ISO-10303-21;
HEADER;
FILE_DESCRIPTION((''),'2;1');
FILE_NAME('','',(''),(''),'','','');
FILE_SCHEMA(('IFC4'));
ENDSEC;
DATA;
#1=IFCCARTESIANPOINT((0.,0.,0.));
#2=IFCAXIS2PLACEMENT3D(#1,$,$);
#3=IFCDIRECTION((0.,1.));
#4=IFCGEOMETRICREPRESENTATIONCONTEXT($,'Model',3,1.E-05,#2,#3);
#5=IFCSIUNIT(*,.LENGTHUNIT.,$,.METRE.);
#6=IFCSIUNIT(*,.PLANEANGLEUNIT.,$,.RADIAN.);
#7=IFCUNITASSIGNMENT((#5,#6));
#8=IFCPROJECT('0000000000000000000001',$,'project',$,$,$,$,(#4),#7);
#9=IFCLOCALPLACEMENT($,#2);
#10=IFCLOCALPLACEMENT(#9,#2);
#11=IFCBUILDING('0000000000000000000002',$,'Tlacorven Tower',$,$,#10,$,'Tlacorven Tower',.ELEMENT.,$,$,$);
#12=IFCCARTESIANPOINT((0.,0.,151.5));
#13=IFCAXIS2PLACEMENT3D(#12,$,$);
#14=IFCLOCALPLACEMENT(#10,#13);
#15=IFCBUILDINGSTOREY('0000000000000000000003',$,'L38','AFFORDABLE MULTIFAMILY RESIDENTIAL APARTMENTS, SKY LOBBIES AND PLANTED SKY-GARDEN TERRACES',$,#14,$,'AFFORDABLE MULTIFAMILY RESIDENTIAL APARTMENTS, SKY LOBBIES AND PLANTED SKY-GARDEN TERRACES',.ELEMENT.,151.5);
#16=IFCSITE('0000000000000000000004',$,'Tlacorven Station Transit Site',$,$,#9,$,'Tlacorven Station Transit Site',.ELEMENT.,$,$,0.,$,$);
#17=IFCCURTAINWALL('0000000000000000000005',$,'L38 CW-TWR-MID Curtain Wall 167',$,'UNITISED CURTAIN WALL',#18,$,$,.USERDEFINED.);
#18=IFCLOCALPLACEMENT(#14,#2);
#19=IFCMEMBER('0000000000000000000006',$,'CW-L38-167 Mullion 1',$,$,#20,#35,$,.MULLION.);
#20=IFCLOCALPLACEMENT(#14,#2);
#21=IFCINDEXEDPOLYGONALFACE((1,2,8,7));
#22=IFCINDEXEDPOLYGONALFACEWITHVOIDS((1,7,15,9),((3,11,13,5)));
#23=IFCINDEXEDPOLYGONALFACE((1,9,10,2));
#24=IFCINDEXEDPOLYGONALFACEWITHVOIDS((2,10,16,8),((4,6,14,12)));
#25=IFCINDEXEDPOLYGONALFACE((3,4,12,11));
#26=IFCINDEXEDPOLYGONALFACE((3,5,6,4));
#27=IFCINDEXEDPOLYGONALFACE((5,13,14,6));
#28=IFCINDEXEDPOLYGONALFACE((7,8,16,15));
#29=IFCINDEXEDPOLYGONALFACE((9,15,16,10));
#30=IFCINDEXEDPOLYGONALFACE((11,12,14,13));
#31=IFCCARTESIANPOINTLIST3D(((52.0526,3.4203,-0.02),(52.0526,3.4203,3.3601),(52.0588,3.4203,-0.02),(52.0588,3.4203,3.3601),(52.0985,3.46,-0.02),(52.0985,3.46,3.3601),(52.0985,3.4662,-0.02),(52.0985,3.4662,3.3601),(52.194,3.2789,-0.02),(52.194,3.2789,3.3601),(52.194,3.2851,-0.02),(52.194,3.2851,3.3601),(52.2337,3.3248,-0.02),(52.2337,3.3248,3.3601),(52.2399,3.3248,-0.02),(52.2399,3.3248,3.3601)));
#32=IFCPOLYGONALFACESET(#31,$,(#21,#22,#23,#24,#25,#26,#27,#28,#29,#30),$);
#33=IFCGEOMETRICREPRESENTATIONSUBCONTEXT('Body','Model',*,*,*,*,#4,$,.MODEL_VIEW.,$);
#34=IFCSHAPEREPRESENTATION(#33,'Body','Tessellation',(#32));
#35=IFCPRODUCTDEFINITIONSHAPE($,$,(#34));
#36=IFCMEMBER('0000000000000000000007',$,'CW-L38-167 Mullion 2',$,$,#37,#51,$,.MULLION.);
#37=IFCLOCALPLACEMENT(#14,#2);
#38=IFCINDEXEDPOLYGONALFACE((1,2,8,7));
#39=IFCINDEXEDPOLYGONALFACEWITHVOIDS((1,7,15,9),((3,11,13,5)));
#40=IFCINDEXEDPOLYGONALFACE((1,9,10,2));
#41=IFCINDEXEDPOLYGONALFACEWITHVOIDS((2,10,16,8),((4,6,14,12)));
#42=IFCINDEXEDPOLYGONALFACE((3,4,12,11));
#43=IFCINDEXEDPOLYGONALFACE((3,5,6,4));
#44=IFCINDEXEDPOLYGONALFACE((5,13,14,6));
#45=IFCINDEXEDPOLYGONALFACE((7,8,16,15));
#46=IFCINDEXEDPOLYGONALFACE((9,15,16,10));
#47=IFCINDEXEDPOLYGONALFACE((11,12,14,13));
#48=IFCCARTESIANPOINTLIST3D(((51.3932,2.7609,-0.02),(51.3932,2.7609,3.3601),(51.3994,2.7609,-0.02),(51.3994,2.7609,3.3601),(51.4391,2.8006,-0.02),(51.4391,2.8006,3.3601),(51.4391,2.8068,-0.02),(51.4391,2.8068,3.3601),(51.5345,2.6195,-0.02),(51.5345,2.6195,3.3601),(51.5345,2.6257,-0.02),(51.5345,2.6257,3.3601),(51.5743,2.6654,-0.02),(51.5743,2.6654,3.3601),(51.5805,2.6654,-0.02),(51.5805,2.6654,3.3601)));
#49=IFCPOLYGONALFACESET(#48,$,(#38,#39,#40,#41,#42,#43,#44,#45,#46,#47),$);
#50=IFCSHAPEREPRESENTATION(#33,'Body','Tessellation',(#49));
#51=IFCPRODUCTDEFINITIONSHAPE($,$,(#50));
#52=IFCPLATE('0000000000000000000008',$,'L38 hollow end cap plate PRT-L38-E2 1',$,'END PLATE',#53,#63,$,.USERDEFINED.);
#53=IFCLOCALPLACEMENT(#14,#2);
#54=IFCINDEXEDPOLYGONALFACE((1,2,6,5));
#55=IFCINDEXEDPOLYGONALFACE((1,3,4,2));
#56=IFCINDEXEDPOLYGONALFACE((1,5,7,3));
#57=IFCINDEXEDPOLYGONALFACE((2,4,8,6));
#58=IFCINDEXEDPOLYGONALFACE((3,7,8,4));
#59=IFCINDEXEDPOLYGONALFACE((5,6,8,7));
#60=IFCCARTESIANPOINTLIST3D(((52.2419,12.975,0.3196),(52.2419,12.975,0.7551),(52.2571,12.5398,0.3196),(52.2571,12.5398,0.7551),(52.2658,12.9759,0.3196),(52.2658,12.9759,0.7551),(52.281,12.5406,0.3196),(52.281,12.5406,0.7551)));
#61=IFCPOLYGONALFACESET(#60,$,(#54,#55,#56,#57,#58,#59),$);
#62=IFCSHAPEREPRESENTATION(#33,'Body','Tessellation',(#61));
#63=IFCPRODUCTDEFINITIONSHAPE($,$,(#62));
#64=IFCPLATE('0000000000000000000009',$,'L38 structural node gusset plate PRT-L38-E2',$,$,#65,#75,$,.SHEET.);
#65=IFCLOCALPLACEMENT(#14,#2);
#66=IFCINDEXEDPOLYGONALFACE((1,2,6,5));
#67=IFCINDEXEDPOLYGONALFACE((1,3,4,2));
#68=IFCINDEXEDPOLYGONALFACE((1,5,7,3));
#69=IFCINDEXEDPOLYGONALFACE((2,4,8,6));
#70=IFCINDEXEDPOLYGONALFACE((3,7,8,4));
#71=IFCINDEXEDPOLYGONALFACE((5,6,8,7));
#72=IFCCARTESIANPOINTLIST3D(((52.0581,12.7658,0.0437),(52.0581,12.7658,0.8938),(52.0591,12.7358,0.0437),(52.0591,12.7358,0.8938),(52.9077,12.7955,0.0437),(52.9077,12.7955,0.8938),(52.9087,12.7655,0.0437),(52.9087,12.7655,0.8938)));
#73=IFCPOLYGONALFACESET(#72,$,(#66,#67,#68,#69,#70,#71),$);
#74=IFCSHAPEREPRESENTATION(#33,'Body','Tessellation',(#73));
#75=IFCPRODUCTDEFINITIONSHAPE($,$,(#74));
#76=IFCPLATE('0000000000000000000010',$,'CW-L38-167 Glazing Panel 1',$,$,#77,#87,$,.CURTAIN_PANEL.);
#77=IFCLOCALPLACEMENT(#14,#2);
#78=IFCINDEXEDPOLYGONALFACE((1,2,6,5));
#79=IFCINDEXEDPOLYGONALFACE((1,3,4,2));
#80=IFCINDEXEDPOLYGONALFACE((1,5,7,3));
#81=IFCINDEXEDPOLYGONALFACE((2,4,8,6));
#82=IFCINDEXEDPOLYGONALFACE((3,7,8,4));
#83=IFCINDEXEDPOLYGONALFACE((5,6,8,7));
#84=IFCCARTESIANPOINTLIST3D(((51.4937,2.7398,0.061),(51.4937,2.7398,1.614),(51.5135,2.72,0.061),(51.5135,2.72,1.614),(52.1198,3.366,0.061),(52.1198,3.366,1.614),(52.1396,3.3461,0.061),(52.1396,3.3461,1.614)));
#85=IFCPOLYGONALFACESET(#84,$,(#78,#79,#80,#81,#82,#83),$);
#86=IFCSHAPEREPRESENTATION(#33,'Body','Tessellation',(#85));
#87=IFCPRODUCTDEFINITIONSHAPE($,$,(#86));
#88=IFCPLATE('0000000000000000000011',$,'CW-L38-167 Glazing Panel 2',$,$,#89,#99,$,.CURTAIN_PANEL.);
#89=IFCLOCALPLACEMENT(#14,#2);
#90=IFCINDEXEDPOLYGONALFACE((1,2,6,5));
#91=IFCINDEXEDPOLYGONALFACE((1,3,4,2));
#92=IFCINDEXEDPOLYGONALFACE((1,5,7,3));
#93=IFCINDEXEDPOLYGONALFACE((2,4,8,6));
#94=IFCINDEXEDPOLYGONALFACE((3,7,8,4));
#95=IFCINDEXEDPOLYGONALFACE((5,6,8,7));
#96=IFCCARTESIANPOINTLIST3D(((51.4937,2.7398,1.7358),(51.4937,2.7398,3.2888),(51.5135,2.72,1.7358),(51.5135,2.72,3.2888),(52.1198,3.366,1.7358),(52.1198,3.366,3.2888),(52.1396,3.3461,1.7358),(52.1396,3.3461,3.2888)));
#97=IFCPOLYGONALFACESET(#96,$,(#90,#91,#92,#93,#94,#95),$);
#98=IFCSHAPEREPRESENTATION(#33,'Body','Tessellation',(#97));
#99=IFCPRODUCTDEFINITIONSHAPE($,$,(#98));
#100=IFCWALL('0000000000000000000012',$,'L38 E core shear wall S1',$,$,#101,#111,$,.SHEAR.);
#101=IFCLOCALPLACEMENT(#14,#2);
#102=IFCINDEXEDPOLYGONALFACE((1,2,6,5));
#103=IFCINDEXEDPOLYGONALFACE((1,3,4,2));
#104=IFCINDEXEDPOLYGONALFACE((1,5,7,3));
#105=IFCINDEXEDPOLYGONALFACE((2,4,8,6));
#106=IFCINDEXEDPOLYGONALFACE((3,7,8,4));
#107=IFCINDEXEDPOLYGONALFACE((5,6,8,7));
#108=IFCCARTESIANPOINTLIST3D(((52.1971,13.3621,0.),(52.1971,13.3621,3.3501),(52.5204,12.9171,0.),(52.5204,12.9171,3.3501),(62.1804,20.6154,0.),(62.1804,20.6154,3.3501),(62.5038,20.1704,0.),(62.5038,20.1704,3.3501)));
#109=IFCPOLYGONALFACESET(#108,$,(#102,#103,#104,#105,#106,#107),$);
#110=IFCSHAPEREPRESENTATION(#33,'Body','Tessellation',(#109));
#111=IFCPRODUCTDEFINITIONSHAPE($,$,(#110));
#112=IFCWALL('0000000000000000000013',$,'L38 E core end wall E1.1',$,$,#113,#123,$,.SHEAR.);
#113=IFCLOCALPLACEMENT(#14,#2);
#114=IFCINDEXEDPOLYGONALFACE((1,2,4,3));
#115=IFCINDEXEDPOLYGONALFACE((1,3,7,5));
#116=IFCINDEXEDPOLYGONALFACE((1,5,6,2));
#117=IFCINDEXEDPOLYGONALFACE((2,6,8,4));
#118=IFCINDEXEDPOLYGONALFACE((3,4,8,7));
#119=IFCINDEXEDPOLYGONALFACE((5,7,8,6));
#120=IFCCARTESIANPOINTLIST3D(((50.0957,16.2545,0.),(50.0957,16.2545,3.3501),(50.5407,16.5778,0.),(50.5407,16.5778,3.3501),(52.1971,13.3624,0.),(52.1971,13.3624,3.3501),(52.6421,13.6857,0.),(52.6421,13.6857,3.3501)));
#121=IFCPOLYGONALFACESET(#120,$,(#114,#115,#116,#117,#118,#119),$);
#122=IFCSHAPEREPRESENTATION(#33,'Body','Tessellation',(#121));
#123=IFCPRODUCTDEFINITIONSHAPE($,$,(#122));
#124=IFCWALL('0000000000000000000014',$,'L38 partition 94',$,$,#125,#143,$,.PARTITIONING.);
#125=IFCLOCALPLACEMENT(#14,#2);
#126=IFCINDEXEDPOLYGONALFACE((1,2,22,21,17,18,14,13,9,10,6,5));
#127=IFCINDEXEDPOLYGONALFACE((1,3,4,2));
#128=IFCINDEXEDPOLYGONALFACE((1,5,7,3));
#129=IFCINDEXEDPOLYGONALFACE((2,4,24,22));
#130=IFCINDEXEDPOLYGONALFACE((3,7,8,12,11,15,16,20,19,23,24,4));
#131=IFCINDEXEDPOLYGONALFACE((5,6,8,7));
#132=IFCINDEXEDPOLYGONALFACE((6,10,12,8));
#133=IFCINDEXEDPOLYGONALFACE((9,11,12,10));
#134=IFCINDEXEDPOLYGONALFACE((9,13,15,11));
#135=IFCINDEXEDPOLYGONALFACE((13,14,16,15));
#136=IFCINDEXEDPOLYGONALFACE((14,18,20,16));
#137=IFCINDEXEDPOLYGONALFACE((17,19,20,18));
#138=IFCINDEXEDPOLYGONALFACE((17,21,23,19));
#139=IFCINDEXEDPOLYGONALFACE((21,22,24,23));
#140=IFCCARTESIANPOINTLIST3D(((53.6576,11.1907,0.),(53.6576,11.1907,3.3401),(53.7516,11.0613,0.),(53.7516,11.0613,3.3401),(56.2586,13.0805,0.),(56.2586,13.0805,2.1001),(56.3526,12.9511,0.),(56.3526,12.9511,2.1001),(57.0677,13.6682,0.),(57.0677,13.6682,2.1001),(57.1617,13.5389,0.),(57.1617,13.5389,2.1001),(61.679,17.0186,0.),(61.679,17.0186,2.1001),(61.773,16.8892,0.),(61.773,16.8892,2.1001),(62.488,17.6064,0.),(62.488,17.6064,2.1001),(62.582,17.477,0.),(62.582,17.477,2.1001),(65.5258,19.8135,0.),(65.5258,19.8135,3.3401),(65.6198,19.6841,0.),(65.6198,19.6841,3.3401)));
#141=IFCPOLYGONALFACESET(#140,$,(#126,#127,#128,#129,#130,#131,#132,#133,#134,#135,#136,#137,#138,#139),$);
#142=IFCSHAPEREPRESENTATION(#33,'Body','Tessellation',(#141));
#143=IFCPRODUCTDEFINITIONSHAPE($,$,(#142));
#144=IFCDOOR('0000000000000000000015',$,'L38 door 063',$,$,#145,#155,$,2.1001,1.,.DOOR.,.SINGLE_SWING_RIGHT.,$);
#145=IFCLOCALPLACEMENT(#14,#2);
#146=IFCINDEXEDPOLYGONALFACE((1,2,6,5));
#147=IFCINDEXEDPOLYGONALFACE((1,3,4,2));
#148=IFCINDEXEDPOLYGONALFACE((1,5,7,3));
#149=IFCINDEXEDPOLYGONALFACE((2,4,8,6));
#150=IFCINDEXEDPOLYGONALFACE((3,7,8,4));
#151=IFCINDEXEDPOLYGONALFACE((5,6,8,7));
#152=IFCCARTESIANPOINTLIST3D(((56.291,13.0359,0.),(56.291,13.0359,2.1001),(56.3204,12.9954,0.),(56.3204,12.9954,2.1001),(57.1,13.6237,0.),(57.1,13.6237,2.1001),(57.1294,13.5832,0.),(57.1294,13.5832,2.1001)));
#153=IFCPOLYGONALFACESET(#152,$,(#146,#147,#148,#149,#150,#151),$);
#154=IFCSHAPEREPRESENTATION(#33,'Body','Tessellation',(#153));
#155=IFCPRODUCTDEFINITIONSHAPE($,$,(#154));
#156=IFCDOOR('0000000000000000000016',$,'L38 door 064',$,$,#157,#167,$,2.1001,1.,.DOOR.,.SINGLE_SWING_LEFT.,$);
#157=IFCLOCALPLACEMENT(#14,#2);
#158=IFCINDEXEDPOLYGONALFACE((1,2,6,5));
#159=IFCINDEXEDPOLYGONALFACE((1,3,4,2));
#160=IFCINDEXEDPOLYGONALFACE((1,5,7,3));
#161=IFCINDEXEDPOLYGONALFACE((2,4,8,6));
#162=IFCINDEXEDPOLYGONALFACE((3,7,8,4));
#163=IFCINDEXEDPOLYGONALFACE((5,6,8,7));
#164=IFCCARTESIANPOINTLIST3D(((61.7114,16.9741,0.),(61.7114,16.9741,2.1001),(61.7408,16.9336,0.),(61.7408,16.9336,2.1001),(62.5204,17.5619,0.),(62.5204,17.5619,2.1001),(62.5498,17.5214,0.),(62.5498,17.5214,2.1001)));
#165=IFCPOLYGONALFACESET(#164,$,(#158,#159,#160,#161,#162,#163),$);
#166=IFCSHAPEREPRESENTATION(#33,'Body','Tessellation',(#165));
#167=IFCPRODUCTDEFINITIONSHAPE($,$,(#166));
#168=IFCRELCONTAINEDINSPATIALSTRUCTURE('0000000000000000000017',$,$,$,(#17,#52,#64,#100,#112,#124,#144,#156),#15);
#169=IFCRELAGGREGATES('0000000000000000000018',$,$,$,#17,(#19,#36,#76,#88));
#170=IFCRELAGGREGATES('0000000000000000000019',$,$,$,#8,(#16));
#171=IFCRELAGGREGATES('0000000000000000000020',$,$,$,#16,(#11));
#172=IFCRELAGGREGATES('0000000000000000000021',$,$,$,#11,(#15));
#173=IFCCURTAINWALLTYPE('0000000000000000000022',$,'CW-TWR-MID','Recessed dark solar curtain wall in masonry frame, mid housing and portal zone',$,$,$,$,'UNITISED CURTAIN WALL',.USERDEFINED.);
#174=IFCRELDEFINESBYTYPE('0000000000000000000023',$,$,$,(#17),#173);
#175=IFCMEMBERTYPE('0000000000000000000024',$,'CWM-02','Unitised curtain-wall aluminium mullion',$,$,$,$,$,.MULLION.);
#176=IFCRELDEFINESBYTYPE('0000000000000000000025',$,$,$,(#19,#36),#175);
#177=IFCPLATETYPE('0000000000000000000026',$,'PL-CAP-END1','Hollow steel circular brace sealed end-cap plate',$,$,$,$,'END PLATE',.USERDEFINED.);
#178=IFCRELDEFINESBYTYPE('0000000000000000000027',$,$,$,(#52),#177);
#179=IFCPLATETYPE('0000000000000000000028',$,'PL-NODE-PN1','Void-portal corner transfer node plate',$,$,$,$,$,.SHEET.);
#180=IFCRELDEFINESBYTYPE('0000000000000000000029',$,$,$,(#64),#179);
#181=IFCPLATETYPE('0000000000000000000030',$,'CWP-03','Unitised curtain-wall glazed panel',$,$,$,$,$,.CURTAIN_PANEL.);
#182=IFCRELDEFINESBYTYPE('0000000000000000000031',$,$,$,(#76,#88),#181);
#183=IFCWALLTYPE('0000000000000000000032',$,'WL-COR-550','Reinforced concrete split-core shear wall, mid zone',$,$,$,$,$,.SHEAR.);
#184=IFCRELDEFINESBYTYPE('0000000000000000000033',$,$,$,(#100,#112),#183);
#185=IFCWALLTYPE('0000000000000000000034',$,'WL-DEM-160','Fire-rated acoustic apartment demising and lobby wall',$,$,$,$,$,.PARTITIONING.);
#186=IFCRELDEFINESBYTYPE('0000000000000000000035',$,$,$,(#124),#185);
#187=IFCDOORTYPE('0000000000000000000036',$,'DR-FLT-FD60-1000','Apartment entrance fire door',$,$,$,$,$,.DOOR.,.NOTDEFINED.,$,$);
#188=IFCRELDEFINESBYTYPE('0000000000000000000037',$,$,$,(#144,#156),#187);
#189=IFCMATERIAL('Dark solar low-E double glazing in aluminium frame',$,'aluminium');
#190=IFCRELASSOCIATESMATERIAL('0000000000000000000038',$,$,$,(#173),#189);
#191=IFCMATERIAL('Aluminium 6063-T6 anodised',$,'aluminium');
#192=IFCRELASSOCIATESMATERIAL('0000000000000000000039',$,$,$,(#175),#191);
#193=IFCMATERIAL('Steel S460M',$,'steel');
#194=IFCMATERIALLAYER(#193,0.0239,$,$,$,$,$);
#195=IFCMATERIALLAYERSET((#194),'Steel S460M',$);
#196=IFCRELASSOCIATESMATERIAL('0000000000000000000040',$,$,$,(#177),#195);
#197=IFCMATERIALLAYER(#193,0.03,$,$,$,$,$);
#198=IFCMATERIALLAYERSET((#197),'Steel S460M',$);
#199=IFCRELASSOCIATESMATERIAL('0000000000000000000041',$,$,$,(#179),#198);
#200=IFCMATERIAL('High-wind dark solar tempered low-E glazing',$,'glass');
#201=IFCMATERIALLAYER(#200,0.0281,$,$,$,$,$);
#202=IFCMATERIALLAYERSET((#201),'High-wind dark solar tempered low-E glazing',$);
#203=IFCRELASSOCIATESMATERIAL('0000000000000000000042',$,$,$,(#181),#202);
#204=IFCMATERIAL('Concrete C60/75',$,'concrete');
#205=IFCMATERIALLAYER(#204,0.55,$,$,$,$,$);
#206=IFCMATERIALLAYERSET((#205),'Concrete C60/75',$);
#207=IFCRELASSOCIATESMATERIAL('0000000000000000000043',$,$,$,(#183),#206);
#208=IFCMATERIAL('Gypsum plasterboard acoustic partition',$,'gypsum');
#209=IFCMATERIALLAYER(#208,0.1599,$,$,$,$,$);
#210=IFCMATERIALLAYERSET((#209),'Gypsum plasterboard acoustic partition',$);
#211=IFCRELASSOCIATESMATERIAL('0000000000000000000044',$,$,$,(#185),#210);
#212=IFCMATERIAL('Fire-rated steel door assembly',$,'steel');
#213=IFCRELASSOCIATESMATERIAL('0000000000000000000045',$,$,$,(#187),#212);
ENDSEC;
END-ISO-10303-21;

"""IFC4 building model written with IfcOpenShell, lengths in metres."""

from ifc_helpers import new_model, si_unit, direction, frame, frame_2d, origin, origin_2d, place, context, subcontext, project, spatial, rectangle, hollow_rectangle, extrude, source, transform, mapped, material, layer, layer_set, material_profile, profile_set, type_object, element, fill, aggregate, save


model = new_model("IFC4")

# Units and contexts
model_context = context("Model", 3, precision=1e-05, world=origin(), true_north=direction((0.0, 1.0)))
body_context = subcontext(model_context, "Body", "Model", "MODEL_VIEW")
ifc_project = project(units=[si_unit("LENGTHUNIT", "METRE"), si_unit("PLANEANGLEUNIT", "RADIAN")], contexts=[model_context])

# Site, building, storey
site_placement = place(None, origin())
site = spatial("IfcSite", under=ifc_project, at=site_placement, Name="Tlacorven Station Transit Site", LongName="Tlacorven Station Transit Site", CompositionType="ELEMENT", RefElevation=0.0)
building_placement = place(site_placement, origin())
building = spatial("IfcBuilding", under=site, at=building_placement, Name="Tlacorven Tower", LongName="Tlacorven Tower", CompositionType="ELEMENT")
storey_placement = place(building_placement, frame((0.0, 0.0, 151.5)))
storey = spatial("IfcBuildingStorey", under=building, at=storey_placement, Name="L38", Description="AFFORDABLE MULTIFAMILY RESIDENTIAL APARTMENTS, SKY LOBBIES AND PLANTED SKY-GARDEN TERRACES", LongName="AFFORDABLE MULTIFAMILY RESIDENTIAL APARTMENTS, SKY LOBBIES AND PLANTED SKY-GARDEN TERRACES", CompositionType="ELEMENT", Elevation=151.5)

# Shared definitions
ifc_material_1 = material(Name="Steel S460M", Category="steel")

# Curtain wall, members
ifc_material_2 = material(Name="Dark solar low-E double glazing in aluminium frame", Category="aluminium")
curtain_wall_type = type_object("IfcCurtainWallType", Name="CW-TWR-MID", Description="Recessed dark solar curtain wall in masonry frame, mid housing and portal zone", ElementType="UNITISED CURTAIN WALL", PredefinedType="USERDEFINED", material=ifc_material_2)
curtain_wall_placement = place(storey_placement, origin())
curtain_wall = element("IfcCurtainWall", 1, at=curtain_wall_placement, inside=storey, type_object=curtain_wall_type, Name="L38 CW-TWR-MID Curtain Wall 167", ObjectType="UNITISED CURTAIN WALL", PredefinedType="USERDEFINED")
ifc_material_3 = material(Name="Aluminium 6063-T6 anodised", Category="aluminium")
ifc_material_profile_1 = material_profile(ifc_material_3, hollow_rectangle(XDim=0.0649, YDim=0.2, WallThickness=0.0044, at=origin_2d()), Name="ALU MULLION 65X200")
ifc_profile_set_1 = profile_set([ifc_material_profile_1], Name="Aluminium 6063-T6 anodised")
member_type_1 = type_object("IfcMemberType", Name="CWM-02", Description="Unitised curtain-wall aluminium mullion", PredefinedType="MULLION", material=ifc_profile_set_1)
shared_shape_1 = source(origin(), body_context, "Body", "SweptSolid", [
    extrude(hollow_rectangle(XDim=0.0649, YDim=0.2, WallThickness=0.0044, at=origin_2d()), origin(), (0.0, 0.0, 1.0), 3.3801),
])
member_1_placement = place(storey_placement, frame((52.1462, 3.3726, -0.02), z_axis=(0.0, 0.0, 1.0), x_axis=(-0.707107, -0.707107, 0.0)))
member_1 = element("IfcMember", 2, at=member_1_placement, type_object=member_type_1, Name="CW-L38-167 Mullion 1", PredefinedType="MULLION", context=body_context, shape_type="MappedRepresentation", body=[
    mapped(shared_shape_1, transform((0.0, 0.0, 0.0), scale=1.0)),
])
member_2_placement = place(storey_placement, frame((51.4868, 2.7131, -0.02), z_axis=(0.0, 0.0, 1.0), x_axis=(-0.707107, -0.707107, 0.0)))
member_2 = element("IfcMember", 3, at=member_2_placement, type_object=member_type_1, Name="CW-L38-167 Mullion 2", PredefinedType="MULLION", context=body_context, shape_type="MappedRepresentation", body=[
    mapped(shared_shape_1, transform((0.0, 0.0, 0.0), scale=1.0)),
])

# Plates
ifc_layer_1 = layer(ifc_material_1, 0.0239)
ifc_layer_set_1 = layer_set([ifc_layer_1], Name="Steel S460M")
plate_type_1 = type_object("IfcPlateType", Name="PL-CAP-END1", Description="Hollow steel circular brace sealed end-cap plate", ElementType="END PLATE", PredefinedType="USERDEFINED", material=ifc_layer_set_1)
shared_shape_2 = source(origin(), body_context, "Body", "SweptSolid", [
    extrude(rectangle(XDim=0.0239, YDim=0.4355, at=origin_2d()), origin(), (0.0, 0.0, 1.0), 0.4355),
])
plate_1_placement = place(storey_placement, frame((52.2615, 12.7578, 0.3196), z_axis=(0.0, 0.0, 1.0), x_axis=(-0.999391, -0.034899, 0.0)))
element("IfcPlate", 4, at=plate_1_placement, inside=storey, type_object=plate_type_1, Name="L38 hollow end cap plate PRT-L38-E2 1", ObjectType="END PLATE", PredefinedType="USERDEFINED", context=body_context, shape_type="MappedRepresentation", body=[
    mapped(shared_shape_2, transform((0.0, 0.0, 0.0), scale=1.0)),
])
ifc_layer_2 = layer(ifc_material_1, 0.03)
ifc_layer_set_2 = layer_set([ifc_layer_2], Name="Steel S460M")
plate_type_2 = type_object("IfcPlateType", Name="PL-NODE-PN1", Description="Void-portal corner transfer node plate", PredefinedType="SHEET", material=ifc_layer_set_2)
shared_shape_3 = source(origin(), body_context, "Body", "SweptSolid", [
    extrude(rectangle(XDim=0.8501, YDim=0.03, at=origin_2d()), origin(), (0.0, 0.0, 1.0), 0.8501),
])
plate_2_placement = place(storey_placement, frame((52.4834, 12.7656, 0.0437), z_axis=(0.0, 0.0, 1.0), x_axis=(-0.999391, -0.034899, 0.0)))
element("IfcPlate", 5, at=plate_2_placement, inside=storey, type_object=plate_type_2, Name="L38 structural node gusset plate PRT-L38-E2", PredefinedType="SHEET", context=body_context, shape_type="MappedRepresentation", body=[
    mapped(shared_shape_3, transform((0.0, 0.0, 0.0), scale=1.0)),
])

# Plates
ifc_material_4 = material(Name="High-wind dark solar tempered low-E glazing", Category="glass")
ifc_layer_3 = layer(ifc_material_4, 0.0281)
ifc_layer_set_3 = layer_set([ifc_layer_3], Name="High-wind dark solar tempered low-E glazing")
plate_type_3 = type_object("IfcPlateType", Name="CWP-03", Description="Unitised curtain-wall glazed panel", PredefinedType="CURTAIN_PANEL", material=ifc_layer_set_3)
shared_shape_4 = source(origin(), body_context, "Body", "SweptSolid", [
    extrude(rectangle(XDim=0.8855, YDim=0.0281, at=origin_2d()), origin(), (0.0, 0.0, 1.0), 1.553),
])
plate_3_placement = place(storey_placement, frame((51.8167, 3.043, 0.061), z_axis=(0.0, 0.0, 1.0), x_axis=(-0.707107, -0.707107, 0.0)))
plate_3 = element("IfcPlate", 6, at=plate_3_placement, type_object=plate_type_3, Name="CW-L38-167 Glazing Panel 1", PredefinedType="CURTAIN_PANEL", context=body_context, shape_type="MappedRepresentation", body=[
    mapped(shared_shape_4, transform((0.0, 0.0, 0.0), scale=1.0)),
])
plate_4_placement = place(storey_placement, frame((51.8167, 3.043, 1.7358), z_axis=(0.0, 0.0, 1.0), x_axis=(-0.707107, -0.707107, 0.0)))
plate_4 = element("IfcPlate", 7, at=plate_4_placement, type_object=plate_type_3, Name="CW-L38-167 Glazing Panel 2", PredefinedType="CURTAIN_PANEL", context=body_context, shape_type="MappedRepresentation", body=[
    mapped(shared_shape_4, transform((0.0, 0.0, 0.0), scale=1.0)),
])
aggregate(curtain_wall, [member_1, member_2, plate_3, plate_4])

# Walls
ifc_material_5 = material(Name="Concrete C60/75", Category="concrete")
ifc_layer_4 = layer(ifc_material_5, 0.55)
ifc_layer_set_4 = layer_set([ifc_layer_4], Name="Concrete C60/75")
wall_type_1 = type_object("IfcWallType", Name="WL-COR-550", Description="Reinforced concrete split-core shear wall, mid zone", PredefinedType="SHEAR", material=ifc_layer_set_4)
wall_1_placement = place(storey_placement, frame((52.3589, 13.1396, 0.0), z_axis=(0.0, 0.0, 1.0), x_axis=(0.809015, 0.587788, 0.0)))
element("IfcWall", 8, at=wall_1_placement, inside=storey, type_object=wall_type_1, Name="L38 E core shear wall S1", PredefinedType="SHEAR", context=body_context, shape_type="SweptSolid", body=[
    extrude(rectangle(XDim=12.3401, YDim=0.55, at=frame_2d((6.1699, 0.0))), origin(), (0.0, 0.0, 1.0), 3.3501),
])
wall_2_placement = place(storey_placement, frame((52.4197, 13.5239, 0.0), z_axis=(0.0, 0.0, 1.0), x_axis=(-0.587802, 0.809005, 0.0)))
element("IfcWall", 9, at=wall_2_placement, inside=storey, type_object=wall_type_1, Name="L38 E core end wall E1.1", PredefinedType="SHEAR", context=body_context, shape_type="SweptSolid", body=[
    extrude(rectangle(XDim=3.575, YDim=0.55, at=frame_2d((1.7876, 0.0))), origin(), (0.0, 0.0, 1.0), 3.3501),
])

# Wall, openings, doors
ifc_material_6 = material(Name="Gypsum plasterboard acoustic partition", Category="gypsum")
ifc_layer_5 = layer(ifc_material_6, 0.1599)
ifc_layer_set_5 = layer_set([ifc_layer_5], Name="Gypsum plasterboard acoustic partition")
wall_type_2 = type_object("IfcWallType", Name="WL-DEM-160", Description="Fire-rated acoustic apartment demising and lobby wall", PredefinedType="PARTITIONING", material=ifc_layer_set_5)
wall_3_placement = place(storey_placement, frame((53.7046, 11.126, 0.0), z_axis=(0.0, 0.0, 1.0), x_axis=(0.809015, 0.587789, 0.0)))
wall_3 = element("IfcWall", 10, at=wall_3_placement, inside=storey, type_object=wall_type_2, Name="L38 partition 94", PredefinedType="PARTITIONING", context=body_context, shape_type="SweptSolid", body=[
    extrude(rectangle(XDim=14.6699, YDim=0.1599, at=frame_2d((7.335, 0.0))), origin(), (0.0, 0.0, 1.0), 3.3401),
])
opening_1_placement = place(wall_3_placement, frame((3.2151, 0.0, 0.0)))
opening_1 = element("IfcOpeningElement", 11, at=opening_1_placement, cuts=wall_3, PredefinedType="OPENING", context=body_context, shape_type="SweptSolid", body=[
    extrude(rectangle(XDim=1.0, YDim=2.1001, at=frame_2d((0.5, 1.05))), frame((0.0, 0.0898, 0.0), z_axis=(0.0, -1.0, 0.0), x_axis=(1.0, 0.0, 0.0)), (0.0, 0.0, 1.0), 0.1799),
])
opening_2_placement = place(wall_3_placement, frame((9.915, 0.0, 0.0)))
opening_2 = element("IfcOpeningElement", 12, at=opening_2_placement, cuts=wall_3, PredefinedType="OPENING", context=body_context, shape_type="SweptSolid", body=[
    extrude(rectangle(XDim=1.0, YDim=2.1001, at=frame_2d((0.5, 1.05))), frame((0.0, 0.0898, 0.0), z_axis=(0.0, -1.0, 0.0), x_axis=(1.0, 0.0, 0.0)), (0.0, 0.0, 1.0), 0.1799),
])
ifc_material_7 = material(Name="Fire-rated steel door assembly", Category="steel")
door_type = type_object("IfcDoorType", Name="DR-FLT-FD60-1000", Description="Apartment entrance fire door", OperationType="NOTDEFINED", PredefinedType="DOOR", material=ifc_material_7)
shared_shape_5 = source(origin(), body_context, "Body", "SweptSolid", [
    extrude(rectangle(XDim=1.0, YDim=2.1001, at=frame_2d((0.5, 1.05))), frame((0.0, 0.0249, 0.0), z_axis=(0.0, -1.0, 0.0), x_axis=(1.0, 0.0, 0.0)), (0.0, 0.0, 1.0), 0.05),
])
door_1_placement = place(opening_1_placement, origin())
door_1 = element("IfcDoor", 13, at=door_1_placement, inside=storey, type_object=door_type, Name="L38 door 063", OperationType="SINGLE_SWING_RIGHT", OverallHeight=2.1001, OverallWidth=1.0, PredefinedType="DOOR", context=body_context, shape_type="MappedRepresentation", body=[
    mapped(shared_shape_5, transform((0.0, 0.0, 0.0), scale=1.0)),
])
fill(opening_1, door_1)
door_2_placement = place(opening_2_placement, origin())
door_2 = element("IfcDoor", 14, at=door_2_placement, inside=storey, type_object=door_type, Name="L38 door 064", OperationType="SINGLE_SWING_LEFT", OverallHeight=2.1001, OverallWidth=1.0, PredefinedType="DOOR", context=body_context, shape_type="MappedRepresentation", body=[
    mapped(shared_shape_5, transform((0.0, 0.0, 0.0), scale=1.0)),
])
fill(opening_2, door_2)

save(model, "model.ifc")
